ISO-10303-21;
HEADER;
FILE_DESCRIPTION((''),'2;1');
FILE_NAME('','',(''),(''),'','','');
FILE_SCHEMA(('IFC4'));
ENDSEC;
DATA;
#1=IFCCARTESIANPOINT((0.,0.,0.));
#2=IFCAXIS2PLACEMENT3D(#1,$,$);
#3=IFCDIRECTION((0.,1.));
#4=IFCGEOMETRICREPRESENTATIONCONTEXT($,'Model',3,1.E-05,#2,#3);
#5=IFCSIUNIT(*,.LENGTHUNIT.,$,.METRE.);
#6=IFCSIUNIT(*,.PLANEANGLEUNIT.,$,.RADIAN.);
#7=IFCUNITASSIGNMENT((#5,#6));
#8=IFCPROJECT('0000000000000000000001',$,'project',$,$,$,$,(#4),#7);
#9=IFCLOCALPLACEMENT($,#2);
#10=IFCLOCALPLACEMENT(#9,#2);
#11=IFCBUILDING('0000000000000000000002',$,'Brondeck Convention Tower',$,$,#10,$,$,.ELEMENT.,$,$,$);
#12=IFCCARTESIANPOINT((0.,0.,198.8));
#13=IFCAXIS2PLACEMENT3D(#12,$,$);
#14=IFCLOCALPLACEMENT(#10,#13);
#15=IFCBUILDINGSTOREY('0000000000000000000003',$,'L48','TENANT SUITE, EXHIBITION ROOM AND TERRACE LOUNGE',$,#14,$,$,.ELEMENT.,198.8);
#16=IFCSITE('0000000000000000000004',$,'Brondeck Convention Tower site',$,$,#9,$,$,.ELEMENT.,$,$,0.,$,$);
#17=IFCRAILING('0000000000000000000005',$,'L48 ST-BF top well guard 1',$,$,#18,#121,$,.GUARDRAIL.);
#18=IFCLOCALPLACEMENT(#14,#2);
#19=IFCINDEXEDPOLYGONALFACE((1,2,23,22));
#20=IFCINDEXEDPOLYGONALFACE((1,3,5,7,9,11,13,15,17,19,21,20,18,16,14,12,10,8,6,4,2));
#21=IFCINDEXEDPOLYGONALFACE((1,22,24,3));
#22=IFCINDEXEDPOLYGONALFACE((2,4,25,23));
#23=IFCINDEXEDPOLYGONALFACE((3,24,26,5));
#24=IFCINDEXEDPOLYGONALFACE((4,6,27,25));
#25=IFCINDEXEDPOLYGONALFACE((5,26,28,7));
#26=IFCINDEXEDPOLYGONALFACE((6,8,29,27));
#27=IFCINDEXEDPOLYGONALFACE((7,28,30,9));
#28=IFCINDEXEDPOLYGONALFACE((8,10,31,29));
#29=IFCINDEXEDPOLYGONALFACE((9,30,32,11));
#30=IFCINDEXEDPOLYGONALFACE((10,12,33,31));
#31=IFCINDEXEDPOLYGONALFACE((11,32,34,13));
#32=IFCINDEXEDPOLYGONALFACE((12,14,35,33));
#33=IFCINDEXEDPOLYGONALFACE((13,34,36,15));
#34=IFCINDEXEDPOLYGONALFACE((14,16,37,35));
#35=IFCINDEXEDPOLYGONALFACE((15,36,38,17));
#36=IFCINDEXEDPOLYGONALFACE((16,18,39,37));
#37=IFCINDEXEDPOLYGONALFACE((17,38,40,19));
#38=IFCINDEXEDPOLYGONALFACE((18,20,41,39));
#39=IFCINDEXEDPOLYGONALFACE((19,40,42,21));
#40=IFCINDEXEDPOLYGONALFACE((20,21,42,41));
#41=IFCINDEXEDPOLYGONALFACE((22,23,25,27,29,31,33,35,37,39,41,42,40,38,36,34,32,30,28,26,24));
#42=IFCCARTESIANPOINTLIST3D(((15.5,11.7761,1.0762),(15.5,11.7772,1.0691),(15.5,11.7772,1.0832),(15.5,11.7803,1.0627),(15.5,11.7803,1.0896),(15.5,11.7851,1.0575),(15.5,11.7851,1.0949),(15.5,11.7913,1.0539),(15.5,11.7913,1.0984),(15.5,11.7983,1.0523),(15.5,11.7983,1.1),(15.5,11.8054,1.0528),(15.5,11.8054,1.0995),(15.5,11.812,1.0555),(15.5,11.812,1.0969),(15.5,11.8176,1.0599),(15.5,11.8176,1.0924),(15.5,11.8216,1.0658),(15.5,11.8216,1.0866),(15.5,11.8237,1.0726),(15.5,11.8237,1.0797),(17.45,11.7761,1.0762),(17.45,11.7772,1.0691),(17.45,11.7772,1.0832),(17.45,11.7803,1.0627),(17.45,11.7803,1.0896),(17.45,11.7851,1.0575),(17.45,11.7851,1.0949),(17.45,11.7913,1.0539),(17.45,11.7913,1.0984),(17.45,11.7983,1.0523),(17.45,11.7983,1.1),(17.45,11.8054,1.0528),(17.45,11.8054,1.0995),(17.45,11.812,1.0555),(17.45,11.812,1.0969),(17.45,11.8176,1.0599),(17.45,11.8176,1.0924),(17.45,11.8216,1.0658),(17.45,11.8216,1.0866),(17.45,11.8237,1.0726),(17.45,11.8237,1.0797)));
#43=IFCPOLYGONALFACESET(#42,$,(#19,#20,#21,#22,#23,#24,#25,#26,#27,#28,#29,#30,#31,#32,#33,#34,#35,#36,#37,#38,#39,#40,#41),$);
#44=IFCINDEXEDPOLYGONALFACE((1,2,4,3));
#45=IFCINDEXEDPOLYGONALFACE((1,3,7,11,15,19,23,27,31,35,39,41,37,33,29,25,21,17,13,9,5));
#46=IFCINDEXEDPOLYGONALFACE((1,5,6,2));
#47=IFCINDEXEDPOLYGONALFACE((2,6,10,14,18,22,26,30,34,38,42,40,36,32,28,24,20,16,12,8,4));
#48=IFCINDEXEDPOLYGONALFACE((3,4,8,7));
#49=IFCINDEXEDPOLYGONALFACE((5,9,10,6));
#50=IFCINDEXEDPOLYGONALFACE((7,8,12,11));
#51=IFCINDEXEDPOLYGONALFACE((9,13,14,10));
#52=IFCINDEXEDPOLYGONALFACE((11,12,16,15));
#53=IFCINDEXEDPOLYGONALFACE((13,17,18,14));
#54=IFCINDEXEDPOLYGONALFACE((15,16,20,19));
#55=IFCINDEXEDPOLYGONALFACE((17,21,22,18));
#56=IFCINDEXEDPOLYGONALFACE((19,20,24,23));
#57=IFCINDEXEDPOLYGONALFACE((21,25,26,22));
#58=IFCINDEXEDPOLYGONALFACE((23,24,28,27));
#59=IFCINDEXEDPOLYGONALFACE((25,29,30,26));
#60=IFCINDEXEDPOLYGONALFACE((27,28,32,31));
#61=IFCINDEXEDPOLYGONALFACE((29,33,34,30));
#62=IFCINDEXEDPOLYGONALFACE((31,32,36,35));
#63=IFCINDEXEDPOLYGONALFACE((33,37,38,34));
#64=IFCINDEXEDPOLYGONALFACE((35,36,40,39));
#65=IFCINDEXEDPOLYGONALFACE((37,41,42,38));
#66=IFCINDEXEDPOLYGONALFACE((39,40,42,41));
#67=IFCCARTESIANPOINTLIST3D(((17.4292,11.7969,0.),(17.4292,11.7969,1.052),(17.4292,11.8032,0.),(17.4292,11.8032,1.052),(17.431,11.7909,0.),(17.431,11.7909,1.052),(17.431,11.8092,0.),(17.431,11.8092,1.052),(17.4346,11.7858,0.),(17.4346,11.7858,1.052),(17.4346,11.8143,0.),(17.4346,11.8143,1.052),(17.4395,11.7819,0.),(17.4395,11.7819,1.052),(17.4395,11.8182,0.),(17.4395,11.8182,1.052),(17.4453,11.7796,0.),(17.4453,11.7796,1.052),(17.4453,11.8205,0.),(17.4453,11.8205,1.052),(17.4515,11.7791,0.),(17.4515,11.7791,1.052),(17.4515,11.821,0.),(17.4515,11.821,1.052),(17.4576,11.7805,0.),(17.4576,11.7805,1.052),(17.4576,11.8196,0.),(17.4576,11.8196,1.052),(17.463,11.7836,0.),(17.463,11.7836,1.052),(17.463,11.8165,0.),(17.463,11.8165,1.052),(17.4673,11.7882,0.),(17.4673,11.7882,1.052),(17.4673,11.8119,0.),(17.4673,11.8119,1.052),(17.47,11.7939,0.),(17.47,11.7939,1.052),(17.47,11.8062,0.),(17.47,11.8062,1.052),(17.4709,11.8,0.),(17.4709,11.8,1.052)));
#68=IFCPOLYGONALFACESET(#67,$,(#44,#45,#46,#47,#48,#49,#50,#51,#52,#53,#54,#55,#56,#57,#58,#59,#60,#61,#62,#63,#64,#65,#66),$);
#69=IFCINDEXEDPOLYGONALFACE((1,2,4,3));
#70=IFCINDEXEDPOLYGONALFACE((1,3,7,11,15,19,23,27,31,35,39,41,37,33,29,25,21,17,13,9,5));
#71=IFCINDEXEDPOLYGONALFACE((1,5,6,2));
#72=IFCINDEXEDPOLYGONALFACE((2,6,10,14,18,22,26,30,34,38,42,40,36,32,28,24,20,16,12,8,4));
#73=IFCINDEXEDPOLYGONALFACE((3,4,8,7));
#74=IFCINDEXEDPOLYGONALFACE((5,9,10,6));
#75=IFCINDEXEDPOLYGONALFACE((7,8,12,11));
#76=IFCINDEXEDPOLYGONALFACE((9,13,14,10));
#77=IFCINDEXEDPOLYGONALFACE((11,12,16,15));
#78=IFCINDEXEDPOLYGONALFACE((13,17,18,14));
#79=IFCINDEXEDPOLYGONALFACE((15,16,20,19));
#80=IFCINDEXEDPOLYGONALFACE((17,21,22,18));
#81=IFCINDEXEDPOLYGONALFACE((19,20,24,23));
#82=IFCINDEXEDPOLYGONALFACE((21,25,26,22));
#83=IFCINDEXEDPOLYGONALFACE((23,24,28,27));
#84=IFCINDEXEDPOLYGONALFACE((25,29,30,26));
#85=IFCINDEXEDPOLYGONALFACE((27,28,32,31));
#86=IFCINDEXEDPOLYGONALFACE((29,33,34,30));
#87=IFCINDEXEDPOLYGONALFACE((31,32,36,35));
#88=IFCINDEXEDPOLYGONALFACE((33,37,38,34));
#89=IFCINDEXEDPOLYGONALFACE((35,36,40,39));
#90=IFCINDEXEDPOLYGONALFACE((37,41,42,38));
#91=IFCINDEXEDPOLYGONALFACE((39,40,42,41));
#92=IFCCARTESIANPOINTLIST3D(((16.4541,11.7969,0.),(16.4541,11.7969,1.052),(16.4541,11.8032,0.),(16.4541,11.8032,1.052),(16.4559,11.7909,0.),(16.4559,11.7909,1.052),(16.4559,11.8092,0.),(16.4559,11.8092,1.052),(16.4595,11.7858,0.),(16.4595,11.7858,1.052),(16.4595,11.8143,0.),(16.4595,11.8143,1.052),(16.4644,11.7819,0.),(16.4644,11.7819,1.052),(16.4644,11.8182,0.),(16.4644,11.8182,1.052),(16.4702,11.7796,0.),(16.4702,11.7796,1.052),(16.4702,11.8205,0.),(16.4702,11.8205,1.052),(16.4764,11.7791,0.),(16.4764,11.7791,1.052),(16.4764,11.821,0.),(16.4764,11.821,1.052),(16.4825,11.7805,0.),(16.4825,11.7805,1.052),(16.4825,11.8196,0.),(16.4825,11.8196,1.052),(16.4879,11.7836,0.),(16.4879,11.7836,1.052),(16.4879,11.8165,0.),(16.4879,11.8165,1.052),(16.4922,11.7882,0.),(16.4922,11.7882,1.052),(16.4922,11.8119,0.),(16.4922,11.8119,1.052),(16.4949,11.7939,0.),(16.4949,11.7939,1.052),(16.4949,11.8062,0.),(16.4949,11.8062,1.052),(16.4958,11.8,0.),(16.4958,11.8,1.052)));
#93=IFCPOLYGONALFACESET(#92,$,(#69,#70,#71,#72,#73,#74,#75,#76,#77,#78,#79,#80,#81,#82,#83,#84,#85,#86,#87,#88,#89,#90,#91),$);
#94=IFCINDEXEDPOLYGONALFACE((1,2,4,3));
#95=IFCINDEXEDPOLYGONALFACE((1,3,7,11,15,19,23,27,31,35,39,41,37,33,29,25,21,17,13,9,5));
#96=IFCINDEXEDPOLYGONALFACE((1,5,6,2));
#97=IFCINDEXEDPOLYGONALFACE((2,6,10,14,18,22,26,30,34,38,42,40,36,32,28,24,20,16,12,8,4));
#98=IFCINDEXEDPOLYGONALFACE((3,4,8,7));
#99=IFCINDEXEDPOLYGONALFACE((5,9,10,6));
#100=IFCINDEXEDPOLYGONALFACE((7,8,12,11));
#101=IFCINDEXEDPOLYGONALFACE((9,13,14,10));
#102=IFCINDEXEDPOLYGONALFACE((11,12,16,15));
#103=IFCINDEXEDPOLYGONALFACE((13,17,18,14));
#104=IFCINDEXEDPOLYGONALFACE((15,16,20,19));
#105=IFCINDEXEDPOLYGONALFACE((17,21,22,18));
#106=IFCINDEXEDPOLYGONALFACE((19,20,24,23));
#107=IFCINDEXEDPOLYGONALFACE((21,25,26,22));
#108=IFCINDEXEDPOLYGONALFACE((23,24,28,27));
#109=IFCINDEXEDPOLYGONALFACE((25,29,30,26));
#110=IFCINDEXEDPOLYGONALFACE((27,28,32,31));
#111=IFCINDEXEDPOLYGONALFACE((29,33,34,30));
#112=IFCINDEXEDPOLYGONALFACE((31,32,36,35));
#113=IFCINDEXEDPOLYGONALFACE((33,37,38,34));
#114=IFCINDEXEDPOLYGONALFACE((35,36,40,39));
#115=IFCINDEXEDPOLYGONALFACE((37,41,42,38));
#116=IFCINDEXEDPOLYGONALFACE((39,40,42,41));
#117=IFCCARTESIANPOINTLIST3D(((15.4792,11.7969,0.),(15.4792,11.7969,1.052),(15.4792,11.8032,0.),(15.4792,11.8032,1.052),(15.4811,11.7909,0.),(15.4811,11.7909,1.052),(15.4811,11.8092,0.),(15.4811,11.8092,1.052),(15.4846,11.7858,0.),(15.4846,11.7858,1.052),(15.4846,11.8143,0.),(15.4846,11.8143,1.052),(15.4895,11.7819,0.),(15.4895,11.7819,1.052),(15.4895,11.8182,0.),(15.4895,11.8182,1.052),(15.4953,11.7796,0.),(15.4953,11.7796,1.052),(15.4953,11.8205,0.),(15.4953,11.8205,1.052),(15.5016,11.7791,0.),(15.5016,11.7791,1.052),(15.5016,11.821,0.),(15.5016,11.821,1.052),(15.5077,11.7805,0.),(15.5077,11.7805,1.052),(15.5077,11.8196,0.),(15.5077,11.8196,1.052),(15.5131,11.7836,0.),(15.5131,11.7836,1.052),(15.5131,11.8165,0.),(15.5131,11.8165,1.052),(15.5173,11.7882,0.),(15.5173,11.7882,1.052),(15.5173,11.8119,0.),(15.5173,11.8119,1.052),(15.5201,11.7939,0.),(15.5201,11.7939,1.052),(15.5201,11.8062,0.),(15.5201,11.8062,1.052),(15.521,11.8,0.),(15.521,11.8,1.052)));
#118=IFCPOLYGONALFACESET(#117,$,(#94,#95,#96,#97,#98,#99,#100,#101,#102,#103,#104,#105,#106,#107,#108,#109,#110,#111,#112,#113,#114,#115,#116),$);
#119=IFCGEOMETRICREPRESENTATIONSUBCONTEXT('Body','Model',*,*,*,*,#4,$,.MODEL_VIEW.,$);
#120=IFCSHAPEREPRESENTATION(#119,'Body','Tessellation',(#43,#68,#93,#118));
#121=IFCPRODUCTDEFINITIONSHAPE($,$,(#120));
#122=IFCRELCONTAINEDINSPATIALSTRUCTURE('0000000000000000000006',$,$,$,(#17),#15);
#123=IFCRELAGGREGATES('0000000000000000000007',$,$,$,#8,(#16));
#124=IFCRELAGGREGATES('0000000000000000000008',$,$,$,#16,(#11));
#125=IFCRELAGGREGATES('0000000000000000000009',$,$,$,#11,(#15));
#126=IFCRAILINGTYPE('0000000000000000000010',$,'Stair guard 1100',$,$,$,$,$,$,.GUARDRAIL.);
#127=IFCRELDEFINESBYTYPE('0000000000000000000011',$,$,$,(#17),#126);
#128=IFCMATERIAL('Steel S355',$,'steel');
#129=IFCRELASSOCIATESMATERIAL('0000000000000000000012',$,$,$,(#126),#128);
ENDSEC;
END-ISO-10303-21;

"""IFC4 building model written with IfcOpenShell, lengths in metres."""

from ifc_helpers import new_model, si_unit, direction, frame, origin, origin_2d, place, context, subcontext, project, spatial, circle, extrude, material, type_object, element, save


model = new_model("IFC4")

# Units and contexts
model_context = context("Model", 3, precision=1e-05, world=origin(), true_north=direction((0.0, 1.0)))
body_context = subcontext(model_context, "Body", "Model", "MODEL_VIEW")
ifc_project = project(units=[si_unit("LENGTHUNIT", "METRE"), si_unit("PLANEANGLEUNIT", "RADIAN")], contexts=[model_context])

# Site, building, storey
site_placement = place(None, origin())
site = spatial("IfcSite", under=ifc_project, at=site_placement, Name="Brondeck Convention Tower site", CompositionType="ELEMENT", RefElevation=0.0)
building_placement = place(site_placement, origin())
building = spatial("IfcBuilding", under=site, at=building_placement, Name="Brondeck Convention Tower", CompositionType="ELEMENT")
storey_placement = place(building_placement, frame((0.0, 0.0, 198.8)))
storey = spatial("IfcBuildingStorey", under=building, at=storey_placement, Name="L48", Description="TENANT SUITE, EXHIBITION ROOM AND TERRACE LOUNGE", CompositionType="ELEMENT", Elevation=198.8)

# Shared definitions
ifc_material_1 = material(Name="Steel S355", Category="steel")

# Railing
railing_type_1 = type_object("IfcRailingType", Name="Stair guard 1100", PredefinedType="GUARDRAIL", material=ifc_material_1)
railing_1_placement = place(storey_placement, frame((17.45, 11.8, 0.0)))
element("IfcRailing", 1, at=railing_1_placement, inside=storey, type_object=railing_type_1, Name="L48 ST-BF top well guard 1", PredefinedType="GUARDRAIL", context=body_context, shape_type="SweptSolid", body=[
    extrude(circle(Radius=0.0239, at=origin_2d()), frame((0.0, 0.0, 1.0762), z_axis=(-1.0, 0.0, 0.0), x_axis=(0.0, -1.0, 0.0)), (0.0, 0.0, 1.0), 1.95),
    extrude(circle(Radius=0.021, at=origin_2d()), origin(), (0.0, 0.0, 1.0), 1.052),
    extrude(circle(Radius=0.021, at=origin_2d()), frame((-0.9751, 0.0, 0.0)), (0.0, 0.0, 1.0), 1.052),
    extrude(circle(Radius=0.021, at=origin_2d()), frame((-1.95, 0.0, 0.0)), (0.0, 0.0, 1.0), 1.052),
])

save(model, "model.ifc")
